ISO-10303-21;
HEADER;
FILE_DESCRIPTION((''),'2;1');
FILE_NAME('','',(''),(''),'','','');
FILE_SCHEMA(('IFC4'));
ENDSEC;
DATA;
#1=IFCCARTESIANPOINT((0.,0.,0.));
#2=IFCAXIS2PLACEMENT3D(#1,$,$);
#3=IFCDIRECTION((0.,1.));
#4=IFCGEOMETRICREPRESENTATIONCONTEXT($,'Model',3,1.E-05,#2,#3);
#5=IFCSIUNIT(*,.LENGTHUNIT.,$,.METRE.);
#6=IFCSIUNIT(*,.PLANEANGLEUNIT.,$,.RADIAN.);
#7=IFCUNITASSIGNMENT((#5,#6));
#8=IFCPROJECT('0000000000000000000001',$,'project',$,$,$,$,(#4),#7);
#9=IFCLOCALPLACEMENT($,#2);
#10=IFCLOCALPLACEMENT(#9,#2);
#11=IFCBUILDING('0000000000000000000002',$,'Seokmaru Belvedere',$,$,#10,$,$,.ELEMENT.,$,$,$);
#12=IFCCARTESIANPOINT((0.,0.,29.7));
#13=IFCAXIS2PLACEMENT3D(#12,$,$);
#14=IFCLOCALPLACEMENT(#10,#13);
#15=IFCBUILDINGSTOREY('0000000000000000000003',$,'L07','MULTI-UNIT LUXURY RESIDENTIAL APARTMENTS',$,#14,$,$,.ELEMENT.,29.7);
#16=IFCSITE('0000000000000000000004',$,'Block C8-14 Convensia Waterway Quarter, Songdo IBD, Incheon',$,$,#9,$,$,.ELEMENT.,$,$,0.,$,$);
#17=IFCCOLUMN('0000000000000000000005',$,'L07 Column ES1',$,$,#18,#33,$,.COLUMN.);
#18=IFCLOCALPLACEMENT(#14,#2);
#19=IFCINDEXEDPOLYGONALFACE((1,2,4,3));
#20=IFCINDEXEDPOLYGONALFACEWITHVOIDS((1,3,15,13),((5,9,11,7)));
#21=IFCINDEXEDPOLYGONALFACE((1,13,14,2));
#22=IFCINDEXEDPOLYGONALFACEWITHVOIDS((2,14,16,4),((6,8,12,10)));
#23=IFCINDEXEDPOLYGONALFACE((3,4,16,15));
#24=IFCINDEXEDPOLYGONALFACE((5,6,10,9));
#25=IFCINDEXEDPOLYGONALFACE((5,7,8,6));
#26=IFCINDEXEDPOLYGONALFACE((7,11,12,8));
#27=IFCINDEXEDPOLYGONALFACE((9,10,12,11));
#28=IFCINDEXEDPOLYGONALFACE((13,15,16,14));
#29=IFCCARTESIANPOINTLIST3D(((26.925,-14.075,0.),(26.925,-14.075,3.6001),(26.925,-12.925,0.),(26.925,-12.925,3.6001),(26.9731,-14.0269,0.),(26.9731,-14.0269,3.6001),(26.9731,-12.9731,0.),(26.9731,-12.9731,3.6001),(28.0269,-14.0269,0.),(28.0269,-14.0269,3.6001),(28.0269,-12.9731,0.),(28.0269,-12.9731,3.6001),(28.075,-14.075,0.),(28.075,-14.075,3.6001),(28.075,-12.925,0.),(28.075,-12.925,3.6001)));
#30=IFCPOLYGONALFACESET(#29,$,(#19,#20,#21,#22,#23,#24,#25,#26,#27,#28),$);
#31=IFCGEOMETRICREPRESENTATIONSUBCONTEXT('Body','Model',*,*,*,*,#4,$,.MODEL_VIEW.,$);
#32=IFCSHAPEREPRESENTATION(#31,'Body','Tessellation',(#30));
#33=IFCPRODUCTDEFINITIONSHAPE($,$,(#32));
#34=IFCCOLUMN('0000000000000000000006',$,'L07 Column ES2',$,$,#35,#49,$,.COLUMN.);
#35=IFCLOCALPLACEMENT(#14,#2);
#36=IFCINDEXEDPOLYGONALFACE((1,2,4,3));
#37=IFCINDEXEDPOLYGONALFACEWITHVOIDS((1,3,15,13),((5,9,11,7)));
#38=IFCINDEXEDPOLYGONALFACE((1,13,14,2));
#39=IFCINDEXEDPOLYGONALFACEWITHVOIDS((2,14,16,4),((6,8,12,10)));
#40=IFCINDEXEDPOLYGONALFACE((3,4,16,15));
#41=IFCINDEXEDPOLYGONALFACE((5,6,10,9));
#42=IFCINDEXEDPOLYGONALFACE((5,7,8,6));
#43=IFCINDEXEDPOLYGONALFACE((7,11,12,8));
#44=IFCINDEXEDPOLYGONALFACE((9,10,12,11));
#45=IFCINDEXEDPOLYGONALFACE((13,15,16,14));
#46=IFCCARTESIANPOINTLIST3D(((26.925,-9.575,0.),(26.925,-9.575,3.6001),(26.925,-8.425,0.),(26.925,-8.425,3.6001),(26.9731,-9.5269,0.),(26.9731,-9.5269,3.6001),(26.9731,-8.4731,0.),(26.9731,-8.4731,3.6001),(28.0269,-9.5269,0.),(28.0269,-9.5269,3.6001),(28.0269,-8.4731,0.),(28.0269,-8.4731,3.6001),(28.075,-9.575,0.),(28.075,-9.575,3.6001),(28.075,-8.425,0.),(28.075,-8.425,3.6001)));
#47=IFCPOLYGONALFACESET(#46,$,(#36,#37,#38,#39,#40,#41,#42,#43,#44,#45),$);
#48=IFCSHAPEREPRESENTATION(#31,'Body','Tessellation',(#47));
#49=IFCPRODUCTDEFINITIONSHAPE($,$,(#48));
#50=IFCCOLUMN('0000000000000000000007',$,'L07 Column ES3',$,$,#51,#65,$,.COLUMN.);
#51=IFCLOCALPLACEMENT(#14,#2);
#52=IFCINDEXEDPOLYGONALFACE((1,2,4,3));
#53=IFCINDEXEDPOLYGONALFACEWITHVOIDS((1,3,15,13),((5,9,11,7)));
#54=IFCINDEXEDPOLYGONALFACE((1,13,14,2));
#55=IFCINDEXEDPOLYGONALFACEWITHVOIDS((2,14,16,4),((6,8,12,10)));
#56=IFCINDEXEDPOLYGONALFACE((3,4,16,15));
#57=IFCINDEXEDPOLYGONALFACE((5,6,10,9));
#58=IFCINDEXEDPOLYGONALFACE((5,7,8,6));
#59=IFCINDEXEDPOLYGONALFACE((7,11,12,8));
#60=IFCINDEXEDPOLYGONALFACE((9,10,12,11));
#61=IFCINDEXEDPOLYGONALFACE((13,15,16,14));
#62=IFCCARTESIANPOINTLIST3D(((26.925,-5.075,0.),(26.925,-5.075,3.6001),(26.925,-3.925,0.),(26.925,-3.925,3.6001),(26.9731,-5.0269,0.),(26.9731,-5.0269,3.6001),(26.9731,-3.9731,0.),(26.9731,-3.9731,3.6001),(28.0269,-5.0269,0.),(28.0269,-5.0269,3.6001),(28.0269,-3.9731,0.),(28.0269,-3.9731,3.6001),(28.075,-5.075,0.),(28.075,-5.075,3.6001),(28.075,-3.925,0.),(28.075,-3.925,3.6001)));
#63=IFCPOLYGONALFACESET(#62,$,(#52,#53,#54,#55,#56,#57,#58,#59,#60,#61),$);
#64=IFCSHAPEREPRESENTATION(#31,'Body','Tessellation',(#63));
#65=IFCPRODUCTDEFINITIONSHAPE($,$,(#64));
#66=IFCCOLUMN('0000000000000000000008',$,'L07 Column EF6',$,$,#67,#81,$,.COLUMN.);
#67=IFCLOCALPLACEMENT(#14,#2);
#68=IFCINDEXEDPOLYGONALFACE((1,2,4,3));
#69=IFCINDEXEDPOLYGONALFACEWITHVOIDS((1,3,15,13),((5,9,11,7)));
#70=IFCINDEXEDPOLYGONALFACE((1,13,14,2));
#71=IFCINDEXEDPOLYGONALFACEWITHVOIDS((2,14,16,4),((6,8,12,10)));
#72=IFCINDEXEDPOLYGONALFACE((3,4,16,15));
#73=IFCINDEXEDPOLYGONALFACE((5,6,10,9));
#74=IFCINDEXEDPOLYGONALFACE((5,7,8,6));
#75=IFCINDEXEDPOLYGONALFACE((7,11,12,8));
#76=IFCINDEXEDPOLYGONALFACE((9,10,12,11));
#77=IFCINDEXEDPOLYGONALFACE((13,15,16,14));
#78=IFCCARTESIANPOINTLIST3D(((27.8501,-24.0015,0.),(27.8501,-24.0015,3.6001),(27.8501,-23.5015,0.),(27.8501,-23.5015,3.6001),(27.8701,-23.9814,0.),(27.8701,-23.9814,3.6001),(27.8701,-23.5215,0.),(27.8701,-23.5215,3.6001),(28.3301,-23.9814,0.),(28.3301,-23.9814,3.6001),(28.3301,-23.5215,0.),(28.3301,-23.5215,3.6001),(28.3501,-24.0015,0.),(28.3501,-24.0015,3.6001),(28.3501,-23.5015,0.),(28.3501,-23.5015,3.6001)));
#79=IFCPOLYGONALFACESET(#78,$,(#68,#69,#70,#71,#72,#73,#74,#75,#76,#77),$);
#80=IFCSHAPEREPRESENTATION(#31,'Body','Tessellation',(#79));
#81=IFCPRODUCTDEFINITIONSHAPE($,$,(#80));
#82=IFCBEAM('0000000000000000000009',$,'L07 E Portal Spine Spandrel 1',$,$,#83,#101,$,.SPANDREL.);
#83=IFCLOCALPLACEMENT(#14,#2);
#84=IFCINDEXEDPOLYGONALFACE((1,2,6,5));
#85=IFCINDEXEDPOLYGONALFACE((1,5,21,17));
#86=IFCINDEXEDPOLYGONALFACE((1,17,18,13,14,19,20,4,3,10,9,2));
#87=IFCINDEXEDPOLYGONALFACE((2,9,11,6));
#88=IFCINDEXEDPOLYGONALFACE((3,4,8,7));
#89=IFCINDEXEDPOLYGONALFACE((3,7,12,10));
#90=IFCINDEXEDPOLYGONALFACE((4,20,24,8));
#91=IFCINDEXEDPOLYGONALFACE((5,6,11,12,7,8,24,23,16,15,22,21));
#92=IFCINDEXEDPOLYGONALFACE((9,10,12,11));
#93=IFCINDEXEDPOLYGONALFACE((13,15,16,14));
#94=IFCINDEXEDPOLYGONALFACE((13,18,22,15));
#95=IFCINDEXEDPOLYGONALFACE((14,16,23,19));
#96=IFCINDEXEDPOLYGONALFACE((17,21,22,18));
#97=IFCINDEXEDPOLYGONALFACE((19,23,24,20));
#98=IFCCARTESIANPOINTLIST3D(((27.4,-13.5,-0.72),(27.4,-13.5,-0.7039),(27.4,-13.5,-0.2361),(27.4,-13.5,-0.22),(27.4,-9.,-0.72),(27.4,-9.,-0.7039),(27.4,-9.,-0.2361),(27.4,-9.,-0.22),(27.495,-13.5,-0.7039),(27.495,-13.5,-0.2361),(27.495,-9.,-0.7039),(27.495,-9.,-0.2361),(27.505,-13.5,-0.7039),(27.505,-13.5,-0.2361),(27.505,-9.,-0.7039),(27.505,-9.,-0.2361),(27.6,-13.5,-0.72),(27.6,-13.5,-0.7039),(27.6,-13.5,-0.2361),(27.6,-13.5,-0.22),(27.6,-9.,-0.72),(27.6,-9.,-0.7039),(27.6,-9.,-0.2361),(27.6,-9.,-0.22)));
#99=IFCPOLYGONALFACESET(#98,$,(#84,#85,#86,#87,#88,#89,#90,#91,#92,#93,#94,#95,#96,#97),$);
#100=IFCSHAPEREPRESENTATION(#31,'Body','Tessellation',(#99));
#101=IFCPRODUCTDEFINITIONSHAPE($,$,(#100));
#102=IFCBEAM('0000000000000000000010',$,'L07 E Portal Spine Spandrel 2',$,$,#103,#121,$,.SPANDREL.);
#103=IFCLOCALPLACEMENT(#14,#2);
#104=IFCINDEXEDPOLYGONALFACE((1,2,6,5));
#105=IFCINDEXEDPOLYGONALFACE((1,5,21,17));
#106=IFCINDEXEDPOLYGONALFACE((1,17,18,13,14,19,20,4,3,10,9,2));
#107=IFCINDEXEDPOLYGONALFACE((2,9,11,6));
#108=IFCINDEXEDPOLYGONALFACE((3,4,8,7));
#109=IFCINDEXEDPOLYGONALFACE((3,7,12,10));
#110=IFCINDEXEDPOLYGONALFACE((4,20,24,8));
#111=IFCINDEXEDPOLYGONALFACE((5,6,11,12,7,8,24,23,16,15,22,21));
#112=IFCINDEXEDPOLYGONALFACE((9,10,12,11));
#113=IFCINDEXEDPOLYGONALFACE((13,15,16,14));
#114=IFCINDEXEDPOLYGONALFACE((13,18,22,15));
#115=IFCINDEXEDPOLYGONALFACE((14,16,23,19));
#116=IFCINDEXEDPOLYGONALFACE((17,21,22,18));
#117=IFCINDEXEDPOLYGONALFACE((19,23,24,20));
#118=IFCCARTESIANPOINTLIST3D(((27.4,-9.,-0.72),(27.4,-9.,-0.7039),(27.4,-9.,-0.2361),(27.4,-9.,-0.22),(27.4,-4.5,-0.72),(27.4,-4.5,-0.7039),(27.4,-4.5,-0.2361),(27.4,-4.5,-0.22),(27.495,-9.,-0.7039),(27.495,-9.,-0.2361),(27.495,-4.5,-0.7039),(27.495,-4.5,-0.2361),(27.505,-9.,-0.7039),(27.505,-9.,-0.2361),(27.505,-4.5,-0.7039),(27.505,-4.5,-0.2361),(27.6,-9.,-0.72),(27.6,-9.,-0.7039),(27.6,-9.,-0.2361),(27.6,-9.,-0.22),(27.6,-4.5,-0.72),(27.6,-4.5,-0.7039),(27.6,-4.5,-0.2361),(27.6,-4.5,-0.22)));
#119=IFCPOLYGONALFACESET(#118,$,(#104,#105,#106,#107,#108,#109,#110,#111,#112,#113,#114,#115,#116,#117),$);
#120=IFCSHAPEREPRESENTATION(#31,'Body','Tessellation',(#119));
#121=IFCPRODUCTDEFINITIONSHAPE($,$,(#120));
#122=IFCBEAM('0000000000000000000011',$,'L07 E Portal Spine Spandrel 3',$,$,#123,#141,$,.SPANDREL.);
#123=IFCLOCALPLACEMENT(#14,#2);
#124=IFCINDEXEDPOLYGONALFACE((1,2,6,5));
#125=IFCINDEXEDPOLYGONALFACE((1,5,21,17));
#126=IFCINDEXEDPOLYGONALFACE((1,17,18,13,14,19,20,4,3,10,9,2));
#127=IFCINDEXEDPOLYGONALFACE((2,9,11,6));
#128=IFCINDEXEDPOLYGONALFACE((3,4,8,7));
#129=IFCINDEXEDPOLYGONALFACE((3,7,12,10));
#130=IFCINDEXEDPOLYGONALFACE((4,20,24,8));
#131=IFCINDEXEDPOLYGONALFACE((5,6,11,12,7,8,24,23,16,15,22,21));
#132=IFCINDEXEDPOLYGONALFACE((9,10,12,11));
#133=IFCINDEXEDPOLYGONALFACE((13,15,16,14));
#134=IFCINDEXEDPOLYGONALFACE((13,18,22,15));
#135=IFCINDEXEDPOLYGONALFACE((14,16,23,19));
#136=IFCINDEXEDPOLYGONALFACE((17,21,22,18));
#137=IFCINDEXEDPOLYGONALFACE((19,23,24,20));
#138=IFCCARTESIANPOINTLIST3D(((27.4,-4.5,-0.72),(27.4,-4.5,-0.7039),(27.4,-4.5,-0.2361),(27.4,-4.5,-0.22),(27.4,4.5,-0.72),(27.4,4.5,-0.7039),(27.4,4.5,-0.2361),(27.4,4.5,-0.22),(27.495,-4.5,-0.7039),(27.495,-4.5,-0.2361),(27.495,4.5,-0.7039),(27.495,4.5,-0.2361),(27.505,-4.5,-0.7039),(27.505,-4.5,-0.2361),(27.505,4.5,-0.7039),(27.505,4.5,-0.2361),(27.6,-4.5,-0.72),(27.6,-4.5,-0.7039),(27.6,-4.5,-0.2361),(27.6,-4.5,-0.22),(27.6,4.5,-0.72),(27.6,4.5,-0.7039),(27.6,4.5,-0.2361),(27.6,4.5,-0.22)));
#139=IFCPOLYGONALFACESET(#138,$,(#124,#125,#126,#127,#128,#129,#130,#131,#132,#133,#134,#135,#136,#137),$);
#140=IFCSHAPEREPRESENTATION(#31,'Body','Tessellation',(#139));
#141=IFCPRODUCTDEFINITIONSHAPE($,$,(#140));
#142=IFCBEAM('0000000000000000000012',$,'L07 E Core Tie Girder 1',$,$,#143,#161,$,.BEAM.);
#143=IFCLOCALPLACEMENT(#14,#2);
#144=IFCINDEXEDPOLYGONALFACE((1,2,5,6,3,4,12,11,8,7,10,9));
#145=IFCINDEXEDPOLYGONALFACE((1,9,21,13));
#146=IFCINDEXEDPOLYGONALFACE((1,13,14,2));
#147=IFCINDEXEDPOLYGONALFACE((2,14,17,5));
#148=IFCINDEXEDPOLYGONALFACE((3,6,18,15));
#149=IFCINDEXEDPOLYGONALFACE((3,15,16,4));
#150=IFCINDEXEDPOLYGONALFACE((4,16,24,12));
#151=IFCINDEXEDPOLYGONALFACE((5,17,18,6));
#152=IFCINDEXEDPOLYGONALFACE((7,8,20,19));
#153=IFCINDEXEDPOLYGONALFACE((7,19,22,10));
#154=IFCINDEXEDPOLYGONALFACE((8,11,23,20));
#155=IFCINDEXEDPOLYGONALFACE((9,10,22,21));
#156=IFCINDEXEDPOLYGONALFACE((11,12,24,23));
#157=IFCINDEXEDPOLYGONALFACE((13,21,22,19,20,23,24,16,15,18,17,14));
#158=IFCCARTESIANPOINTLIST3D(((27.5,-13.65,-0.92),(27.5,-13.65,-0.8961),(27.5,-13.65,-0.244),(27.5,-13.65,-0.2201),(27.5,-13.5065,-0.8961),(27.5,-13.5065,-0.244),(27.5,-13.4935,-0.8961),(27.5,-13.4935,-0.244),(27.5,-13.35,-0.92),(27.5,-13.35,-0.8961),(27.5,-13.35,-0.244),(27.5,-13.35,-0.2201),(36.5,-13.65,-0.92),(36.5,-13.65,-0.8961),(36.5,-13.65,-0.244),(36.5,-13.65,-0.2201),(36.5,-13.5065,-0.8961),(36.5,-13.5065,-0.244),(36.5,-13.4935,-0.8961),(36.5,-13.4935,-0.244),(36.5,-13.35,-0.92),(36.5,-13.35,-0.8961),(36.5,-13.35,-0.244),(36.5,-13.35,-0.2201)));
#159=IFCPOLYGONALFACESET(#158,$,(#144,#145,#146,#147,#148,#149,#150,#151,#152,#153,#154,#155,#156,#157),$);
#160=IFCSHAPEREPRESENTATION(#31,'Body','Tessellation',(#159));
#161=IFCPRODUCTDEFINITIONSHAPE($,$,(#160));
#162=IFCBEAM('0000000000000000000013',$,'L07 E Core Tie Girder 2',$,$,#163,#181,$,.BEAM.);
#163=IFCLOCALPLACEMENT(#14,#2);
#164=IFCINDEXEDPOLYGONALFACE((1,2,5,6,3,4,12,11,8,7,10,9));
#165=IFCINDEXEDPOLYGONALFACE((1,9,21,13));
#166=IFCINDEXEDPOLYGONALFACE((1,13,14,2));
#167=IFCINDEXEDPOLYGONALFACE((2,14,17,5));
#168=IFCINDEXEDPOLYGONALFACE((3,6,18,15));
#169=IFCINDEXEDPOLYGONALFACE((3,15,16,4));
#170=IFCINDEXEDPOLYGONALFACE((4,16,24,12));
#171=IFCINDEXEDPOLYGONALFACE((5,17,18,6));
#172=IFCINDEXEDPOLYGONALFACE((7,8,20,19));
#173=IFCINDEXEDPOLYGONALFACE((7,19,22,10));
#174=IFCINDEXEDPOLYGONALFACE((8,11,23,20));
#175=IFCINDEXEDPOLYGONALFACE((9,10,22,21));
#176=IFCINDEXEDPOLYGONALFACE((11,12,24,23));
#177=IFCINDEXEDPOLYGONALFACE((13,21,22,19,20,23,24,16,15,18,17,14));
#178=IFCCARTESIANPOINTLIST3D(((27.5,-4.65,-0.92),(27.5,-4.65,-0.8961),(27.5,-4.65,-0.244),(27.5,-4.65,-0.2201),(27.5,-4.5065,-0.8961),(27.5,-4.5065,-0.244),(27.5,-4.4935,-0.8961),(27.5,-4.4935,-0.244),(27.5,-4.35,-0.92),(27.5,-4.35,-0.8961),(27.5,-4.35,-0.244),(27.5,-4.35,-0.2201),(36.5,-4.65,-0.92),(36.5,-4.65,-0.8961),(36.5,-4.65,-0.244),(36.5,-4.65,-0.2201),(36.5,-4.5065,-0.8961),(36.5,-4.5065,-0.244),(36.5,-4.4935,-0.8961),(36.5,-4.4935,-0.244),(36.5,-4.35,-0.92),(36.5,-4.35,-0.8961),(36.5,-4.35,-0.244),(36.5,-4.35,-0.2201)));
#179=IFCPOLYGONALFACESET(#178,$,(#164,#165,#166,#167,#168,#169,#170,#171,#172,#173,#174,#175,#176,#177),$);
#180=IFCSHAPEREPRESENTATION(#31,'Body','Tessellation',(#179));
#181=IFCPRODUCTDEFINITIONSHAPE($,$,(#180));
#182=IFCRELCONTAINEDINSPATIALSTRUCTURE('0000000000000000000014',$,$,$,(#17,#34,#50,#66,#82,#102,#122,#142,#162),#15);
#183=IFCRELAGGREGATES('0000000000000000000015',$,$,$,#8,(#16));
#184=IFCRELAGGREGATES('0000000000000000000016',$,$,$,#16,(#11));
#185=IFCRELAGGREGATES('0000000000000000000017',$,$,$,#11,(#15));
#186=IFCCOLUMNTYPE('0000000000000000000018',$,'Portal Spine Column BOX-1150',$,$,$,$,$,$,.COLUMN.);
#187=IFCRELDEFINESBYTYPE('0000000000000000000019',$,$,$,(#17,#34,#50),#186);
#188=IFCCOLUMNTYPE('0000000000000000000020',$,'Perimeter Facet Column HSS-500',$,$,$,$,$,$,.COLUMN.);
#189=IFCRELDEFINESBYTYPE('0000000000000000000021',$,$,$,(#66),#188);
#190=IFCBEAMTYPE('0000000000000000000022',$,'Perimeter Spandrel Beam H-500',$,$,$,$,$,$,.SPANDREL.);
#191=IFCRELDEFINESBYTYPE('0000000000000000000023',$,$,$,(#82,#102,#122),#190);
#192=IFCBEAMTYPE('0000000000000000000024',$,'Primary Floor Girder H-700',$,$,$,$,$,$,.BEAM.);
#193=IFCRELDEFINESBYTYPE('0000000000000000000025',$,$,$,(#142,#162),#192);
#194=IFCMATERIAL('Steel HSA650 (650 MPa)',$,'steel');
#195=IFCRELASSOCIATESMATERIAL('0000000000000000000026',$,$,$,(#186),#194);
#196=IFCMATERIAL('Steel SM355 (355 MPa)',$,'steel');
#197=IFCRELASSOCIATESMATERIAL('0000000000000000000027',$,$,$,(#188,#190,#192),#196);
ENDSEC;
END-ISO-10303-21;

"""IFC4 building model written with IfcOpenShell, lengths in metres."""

from ifc_helpers import new_model, si_unit, direction, frame, origin, origin_2d, place, context, subcontext, project, spatial, hollow_rectangle, i_section, extrude, source, transform, mapped, material, material_profile, profile_set, type_object, type_shapes, element, save


model = new_model("IFC4")

# Units and contexts
model_context = context("Model", 3, precision=1e-05, world=origin(), true_north=direction((0.0, 1.0)))
body_context = subcontext(model_context, "Body", "Model", "MODEL_VIEW")
ifc_project = project(units=[si_unit("LENGTHUNIT", "METRE"), si_unit("PLANEANGLEUNIT", "RADIAN")], contexts=[model_context])

# Site, building, storey
site_placement = place(None, origin())
site = spatial("IfcSite", under=ifc_project, at=site_placement, Name="Block C8-14 Convensia Waterway Quarter, Songdo IBD, Incheon", CompositionType="ELEMENT", RefElevation=0.0)
building_placement = place(site_placement, origin())
building = spatial("IfcBuilding", under=site, at=building_placement, Name="Seokmaru Belvedere", CompositionType="ELEMENT")
storey_placement = place(building_placement, frame((0.0, 0.0, 29.7)))
storey = spatial("IfcBuildingStorey", under=building, at=storey_placement, Name="L07", Description="MULTI-UNIT LUXURY RESIDENTIAL APARTMENTS", CompositionType="ELEMENT", Elevation=29.7)

# Columns
ifc_material_1 = material(Name="Steel HSA650 (650 MPa)", Category="steel")
ifc_material_profile_1 = material_profile(ifc_material_1, hollow_rectangle(XDim=1.1499, YDim=1.1499, WallThickness=0.0481, at=origin_2d()), Name="BOX-1150x1150x48")
ifc_profile_set_1 = profile_set([ifc_material_profile_1], Name="Steel HSA650 (650 MPa)")
column_type_1 = type_object("IfcColumnType", Name="Portal Spine Column BOX-1150", PredefinedType="COLUMN", material=ifc_profile_set_1)
shared_shape_1 = source(origin(), body_context, "Body", "SweptSolid", [
    extrude(hollow_rectangle(XDim=1.1499, YDim=1.1499, WallThickness=0.0481, at=origin_2d()), origin(), (0.0, 0.0, 1.0), 3.6001),
])
type_shapes(column_type_1, [shared_shape_1])
for number, where, z_axis, x_axis, name in (
    (1, (27.5, -13.5, 0.0), (0.0, 0.0, 1.0), (1.0, 0.0, 0.0), "L07 Column ES1"),
    (2, (27.5, -9.0, 0.0), (0.0, 0.0, 1.0), (1.0, 0.0, 0.0), "L07 Column ES2"),
    (3, (27.5, -4.5, 0.0), (0.0, 0.0, 1.0), (1.0, 0.0, 0.0), "L07 Column ES3"),
):
    element("IfcColumn", number, at=place(storey_placement, frame(where, z_axis=z_axis, x_axis=x_axis)), inside=storey, type_object=column_type_1, Name=name, PredefinedType="COLUMN", context=body_context, shape_type="MappedRepresentation", body=[
        mapped(shared_shape_1, transform((0.0, 0.0, 0.0), scale=1.0)),
    ])
ifc_material_2 = material(Name="Steel SM355 (355 MPa)", Category="steel")
ifc_material_profile_2 = material_profile(ifc_material_2, hollow_rectangle(XDim=0.5, YDim=0.5, WallThickness=0.02, at=origin_2d()), Name="HSS-500x500x20")
ifc_profile_set_2 = profile_set([ifc_material_profile_2], Name="Steel SM355 (355 MPa)")
column_type_2 = type_object("IfcColumnType", Name="Perimeter Facet Column HSS-500", PredefinedType="COLUMN", material=ifc_profile_set_2)
shared_shape_2 = source(origin(), body_context, "Body", "SweptSolid", [
    extrude(hollow_rectangle(XDim=0.5, YDim=0.5, WallThickness=0.02, at=origin_2d()), origin(), (0.0, 0.0, 1.0), 3.6001),
])
type_shapes(column_type_2, [shared_shape_2])
column_placement = place(storey_placement, frame((28.1001, -23.7515, 0.0), z_axis=(0.0, 0.0, 1.0), x_axis=(1.0, 0.0, 0.0)))
element("IfcColumn", 4, at=column_placement, inside=storey, type_object=column_type_2, Name="L07 Column EF6", PredefinedType="COLUMN", context=body_context, shape_type="MappedRepresentation", body=[
    mapped(shared_shape_2, transform((0.0, 0.0, 0.0), scale=1.0)),
])

# Beams
ifc_material_profile_3 = material_profile(ifc_material_2, i_section(OverallWidth=0.2, OverallDepth=0.5, WebThickness=0.01, FlangeThickness=0.0161, at=origin_2d()), Name="H-500x200x10x16")
ifc_profile_set_3 = profile_set([ifc_material_profile_3], Name="Steel SM355 (355 MPa)")
beam_type_1 = type_object("IfcBeamType", Name="Perimeter Spandrel Beam H-500", PredefinedType="SPANDREL", material=ifc_profile_set_3)
shared_shape_3 = source(origin(), body_context, "Body", "SweptSolid", [
    extrude(i_section(OverallWidth=0.2, OverallDepth=0.5, WebThickness=0.01, FlangeThickness=0.0161, at=origin_2d()), origin(), (0.0, 0.0, 1.0), 4.5),
])
for number, where, z_axis, x_axis, name in (
    (5, (27.5, -13.5, -0.47), (0.0, 1.0, 0.0), (-1.0, 0.0, 0.0), "L07 E Portal Spine Spandrel 1"),
    (6, (27.5, -9.0, -0.47), (0.0, 1.0, 0.0), (-1.0, 0.0, 0.0), "L07 E Portal Spine Spandrel 2"),
):
    element("IfcBeam", number, at=place(storey_placement, frame(where, z_axis=z_axis, x_axis=x_axis)), inside=storey, type_object=beam_type_1, Name=name, PredefinedType="SPANDREL", context=body_context, shape_type="MappedRepresentation", body=[
        mapped(shared_shape_3, transform((0.0, 0.0, 0.0), scale=1.0)),
    ])
shared_shape_4 = source(origin(), body_context, "Body", "SweptSolid", [
    extrude(i_section(OverallWidth=0.2, OverallDepth=0.5, WebThickness=0.01, FlangeThickness=0.0161, at=origin_2d()), origin(), (0.0, 0.0, 1.0), 9.0),
])
beam_1_placement = place(storey_placement, frame((27.5, -4.5, -0.47), z_axis=(0.0, 1.0, 0.0), x_axis=(-1.0, 0.0, 0.0)))
element("IfcBeam", 7, at=beam_1_placement, inside=storey, type_object=beam_type_1, Name="L07 E Portal Spine Spandrel 3", PredefinedType="SPANDREL", context=body_context, shape_type="MappedRepresentation", body=[
    mapped(shared_shape_4, transform((0.0, 0.0, 0.0), scale=1.0)),
])
ifc_material_profile_4 = material_profile(ifc_material_2, i_section(OverallWidth=0.3, OverallDepth=0.7, WebThickness=0.0129, FlangeThickness=0.0239, at=origin_2d()), Name="H-700x300x13x24")
ifc_profile_set_4 = profile_set([ifc_material_profile_4], Name="Steel SM355 (355 MPa)")
beam_type_2 = type_object("IfcBeamType", Name="Primary Floor Girder H-700", PredefinedType="BEAM", material=ifc_profile_set_4)
shared_shape_5 = source(origin(), body_context, "Body", "SweptSolid", [
    extrude(i_section(OverallWidth=0.3, OverallDepth=0.7, WebThickness=0.0129, FlangeThickness=0.0239, at=origin_2d()), origin(), (0.0, 0.0, 1.0), 9.0),
])
type_shapes(beam_type_2, [shared_shape_5])
for number, where, z_axis, x_axis, name in (
    (8, (27.5, -13.5, -0.5701), (1.0, 0.0, 0.0), (0.0, 1.0, 0.0), "L07 E Core Tie Girder 1"),
    (9, (27.5, -4.5, -0.5701), (1.0, 0.0, 0.0), (0.0, 1.0, 0.0), "L07 E Core Tie Girder 2"),
):
    element("IfcBeam", number, at=place(storey_placement, frame(where, z_axis=z_axis, x_axis=x_axis)), inside=storey, type_object=beam_type_2, Name=name, PredefinedType="BEAM", context=body_context, shape_type="MappedRepresentation", body=[
        mapped(shared_shape_5, transform((0.0, 0.0, 0.0), scale=1.0)),
    ])

save(model, "model.ifc")
